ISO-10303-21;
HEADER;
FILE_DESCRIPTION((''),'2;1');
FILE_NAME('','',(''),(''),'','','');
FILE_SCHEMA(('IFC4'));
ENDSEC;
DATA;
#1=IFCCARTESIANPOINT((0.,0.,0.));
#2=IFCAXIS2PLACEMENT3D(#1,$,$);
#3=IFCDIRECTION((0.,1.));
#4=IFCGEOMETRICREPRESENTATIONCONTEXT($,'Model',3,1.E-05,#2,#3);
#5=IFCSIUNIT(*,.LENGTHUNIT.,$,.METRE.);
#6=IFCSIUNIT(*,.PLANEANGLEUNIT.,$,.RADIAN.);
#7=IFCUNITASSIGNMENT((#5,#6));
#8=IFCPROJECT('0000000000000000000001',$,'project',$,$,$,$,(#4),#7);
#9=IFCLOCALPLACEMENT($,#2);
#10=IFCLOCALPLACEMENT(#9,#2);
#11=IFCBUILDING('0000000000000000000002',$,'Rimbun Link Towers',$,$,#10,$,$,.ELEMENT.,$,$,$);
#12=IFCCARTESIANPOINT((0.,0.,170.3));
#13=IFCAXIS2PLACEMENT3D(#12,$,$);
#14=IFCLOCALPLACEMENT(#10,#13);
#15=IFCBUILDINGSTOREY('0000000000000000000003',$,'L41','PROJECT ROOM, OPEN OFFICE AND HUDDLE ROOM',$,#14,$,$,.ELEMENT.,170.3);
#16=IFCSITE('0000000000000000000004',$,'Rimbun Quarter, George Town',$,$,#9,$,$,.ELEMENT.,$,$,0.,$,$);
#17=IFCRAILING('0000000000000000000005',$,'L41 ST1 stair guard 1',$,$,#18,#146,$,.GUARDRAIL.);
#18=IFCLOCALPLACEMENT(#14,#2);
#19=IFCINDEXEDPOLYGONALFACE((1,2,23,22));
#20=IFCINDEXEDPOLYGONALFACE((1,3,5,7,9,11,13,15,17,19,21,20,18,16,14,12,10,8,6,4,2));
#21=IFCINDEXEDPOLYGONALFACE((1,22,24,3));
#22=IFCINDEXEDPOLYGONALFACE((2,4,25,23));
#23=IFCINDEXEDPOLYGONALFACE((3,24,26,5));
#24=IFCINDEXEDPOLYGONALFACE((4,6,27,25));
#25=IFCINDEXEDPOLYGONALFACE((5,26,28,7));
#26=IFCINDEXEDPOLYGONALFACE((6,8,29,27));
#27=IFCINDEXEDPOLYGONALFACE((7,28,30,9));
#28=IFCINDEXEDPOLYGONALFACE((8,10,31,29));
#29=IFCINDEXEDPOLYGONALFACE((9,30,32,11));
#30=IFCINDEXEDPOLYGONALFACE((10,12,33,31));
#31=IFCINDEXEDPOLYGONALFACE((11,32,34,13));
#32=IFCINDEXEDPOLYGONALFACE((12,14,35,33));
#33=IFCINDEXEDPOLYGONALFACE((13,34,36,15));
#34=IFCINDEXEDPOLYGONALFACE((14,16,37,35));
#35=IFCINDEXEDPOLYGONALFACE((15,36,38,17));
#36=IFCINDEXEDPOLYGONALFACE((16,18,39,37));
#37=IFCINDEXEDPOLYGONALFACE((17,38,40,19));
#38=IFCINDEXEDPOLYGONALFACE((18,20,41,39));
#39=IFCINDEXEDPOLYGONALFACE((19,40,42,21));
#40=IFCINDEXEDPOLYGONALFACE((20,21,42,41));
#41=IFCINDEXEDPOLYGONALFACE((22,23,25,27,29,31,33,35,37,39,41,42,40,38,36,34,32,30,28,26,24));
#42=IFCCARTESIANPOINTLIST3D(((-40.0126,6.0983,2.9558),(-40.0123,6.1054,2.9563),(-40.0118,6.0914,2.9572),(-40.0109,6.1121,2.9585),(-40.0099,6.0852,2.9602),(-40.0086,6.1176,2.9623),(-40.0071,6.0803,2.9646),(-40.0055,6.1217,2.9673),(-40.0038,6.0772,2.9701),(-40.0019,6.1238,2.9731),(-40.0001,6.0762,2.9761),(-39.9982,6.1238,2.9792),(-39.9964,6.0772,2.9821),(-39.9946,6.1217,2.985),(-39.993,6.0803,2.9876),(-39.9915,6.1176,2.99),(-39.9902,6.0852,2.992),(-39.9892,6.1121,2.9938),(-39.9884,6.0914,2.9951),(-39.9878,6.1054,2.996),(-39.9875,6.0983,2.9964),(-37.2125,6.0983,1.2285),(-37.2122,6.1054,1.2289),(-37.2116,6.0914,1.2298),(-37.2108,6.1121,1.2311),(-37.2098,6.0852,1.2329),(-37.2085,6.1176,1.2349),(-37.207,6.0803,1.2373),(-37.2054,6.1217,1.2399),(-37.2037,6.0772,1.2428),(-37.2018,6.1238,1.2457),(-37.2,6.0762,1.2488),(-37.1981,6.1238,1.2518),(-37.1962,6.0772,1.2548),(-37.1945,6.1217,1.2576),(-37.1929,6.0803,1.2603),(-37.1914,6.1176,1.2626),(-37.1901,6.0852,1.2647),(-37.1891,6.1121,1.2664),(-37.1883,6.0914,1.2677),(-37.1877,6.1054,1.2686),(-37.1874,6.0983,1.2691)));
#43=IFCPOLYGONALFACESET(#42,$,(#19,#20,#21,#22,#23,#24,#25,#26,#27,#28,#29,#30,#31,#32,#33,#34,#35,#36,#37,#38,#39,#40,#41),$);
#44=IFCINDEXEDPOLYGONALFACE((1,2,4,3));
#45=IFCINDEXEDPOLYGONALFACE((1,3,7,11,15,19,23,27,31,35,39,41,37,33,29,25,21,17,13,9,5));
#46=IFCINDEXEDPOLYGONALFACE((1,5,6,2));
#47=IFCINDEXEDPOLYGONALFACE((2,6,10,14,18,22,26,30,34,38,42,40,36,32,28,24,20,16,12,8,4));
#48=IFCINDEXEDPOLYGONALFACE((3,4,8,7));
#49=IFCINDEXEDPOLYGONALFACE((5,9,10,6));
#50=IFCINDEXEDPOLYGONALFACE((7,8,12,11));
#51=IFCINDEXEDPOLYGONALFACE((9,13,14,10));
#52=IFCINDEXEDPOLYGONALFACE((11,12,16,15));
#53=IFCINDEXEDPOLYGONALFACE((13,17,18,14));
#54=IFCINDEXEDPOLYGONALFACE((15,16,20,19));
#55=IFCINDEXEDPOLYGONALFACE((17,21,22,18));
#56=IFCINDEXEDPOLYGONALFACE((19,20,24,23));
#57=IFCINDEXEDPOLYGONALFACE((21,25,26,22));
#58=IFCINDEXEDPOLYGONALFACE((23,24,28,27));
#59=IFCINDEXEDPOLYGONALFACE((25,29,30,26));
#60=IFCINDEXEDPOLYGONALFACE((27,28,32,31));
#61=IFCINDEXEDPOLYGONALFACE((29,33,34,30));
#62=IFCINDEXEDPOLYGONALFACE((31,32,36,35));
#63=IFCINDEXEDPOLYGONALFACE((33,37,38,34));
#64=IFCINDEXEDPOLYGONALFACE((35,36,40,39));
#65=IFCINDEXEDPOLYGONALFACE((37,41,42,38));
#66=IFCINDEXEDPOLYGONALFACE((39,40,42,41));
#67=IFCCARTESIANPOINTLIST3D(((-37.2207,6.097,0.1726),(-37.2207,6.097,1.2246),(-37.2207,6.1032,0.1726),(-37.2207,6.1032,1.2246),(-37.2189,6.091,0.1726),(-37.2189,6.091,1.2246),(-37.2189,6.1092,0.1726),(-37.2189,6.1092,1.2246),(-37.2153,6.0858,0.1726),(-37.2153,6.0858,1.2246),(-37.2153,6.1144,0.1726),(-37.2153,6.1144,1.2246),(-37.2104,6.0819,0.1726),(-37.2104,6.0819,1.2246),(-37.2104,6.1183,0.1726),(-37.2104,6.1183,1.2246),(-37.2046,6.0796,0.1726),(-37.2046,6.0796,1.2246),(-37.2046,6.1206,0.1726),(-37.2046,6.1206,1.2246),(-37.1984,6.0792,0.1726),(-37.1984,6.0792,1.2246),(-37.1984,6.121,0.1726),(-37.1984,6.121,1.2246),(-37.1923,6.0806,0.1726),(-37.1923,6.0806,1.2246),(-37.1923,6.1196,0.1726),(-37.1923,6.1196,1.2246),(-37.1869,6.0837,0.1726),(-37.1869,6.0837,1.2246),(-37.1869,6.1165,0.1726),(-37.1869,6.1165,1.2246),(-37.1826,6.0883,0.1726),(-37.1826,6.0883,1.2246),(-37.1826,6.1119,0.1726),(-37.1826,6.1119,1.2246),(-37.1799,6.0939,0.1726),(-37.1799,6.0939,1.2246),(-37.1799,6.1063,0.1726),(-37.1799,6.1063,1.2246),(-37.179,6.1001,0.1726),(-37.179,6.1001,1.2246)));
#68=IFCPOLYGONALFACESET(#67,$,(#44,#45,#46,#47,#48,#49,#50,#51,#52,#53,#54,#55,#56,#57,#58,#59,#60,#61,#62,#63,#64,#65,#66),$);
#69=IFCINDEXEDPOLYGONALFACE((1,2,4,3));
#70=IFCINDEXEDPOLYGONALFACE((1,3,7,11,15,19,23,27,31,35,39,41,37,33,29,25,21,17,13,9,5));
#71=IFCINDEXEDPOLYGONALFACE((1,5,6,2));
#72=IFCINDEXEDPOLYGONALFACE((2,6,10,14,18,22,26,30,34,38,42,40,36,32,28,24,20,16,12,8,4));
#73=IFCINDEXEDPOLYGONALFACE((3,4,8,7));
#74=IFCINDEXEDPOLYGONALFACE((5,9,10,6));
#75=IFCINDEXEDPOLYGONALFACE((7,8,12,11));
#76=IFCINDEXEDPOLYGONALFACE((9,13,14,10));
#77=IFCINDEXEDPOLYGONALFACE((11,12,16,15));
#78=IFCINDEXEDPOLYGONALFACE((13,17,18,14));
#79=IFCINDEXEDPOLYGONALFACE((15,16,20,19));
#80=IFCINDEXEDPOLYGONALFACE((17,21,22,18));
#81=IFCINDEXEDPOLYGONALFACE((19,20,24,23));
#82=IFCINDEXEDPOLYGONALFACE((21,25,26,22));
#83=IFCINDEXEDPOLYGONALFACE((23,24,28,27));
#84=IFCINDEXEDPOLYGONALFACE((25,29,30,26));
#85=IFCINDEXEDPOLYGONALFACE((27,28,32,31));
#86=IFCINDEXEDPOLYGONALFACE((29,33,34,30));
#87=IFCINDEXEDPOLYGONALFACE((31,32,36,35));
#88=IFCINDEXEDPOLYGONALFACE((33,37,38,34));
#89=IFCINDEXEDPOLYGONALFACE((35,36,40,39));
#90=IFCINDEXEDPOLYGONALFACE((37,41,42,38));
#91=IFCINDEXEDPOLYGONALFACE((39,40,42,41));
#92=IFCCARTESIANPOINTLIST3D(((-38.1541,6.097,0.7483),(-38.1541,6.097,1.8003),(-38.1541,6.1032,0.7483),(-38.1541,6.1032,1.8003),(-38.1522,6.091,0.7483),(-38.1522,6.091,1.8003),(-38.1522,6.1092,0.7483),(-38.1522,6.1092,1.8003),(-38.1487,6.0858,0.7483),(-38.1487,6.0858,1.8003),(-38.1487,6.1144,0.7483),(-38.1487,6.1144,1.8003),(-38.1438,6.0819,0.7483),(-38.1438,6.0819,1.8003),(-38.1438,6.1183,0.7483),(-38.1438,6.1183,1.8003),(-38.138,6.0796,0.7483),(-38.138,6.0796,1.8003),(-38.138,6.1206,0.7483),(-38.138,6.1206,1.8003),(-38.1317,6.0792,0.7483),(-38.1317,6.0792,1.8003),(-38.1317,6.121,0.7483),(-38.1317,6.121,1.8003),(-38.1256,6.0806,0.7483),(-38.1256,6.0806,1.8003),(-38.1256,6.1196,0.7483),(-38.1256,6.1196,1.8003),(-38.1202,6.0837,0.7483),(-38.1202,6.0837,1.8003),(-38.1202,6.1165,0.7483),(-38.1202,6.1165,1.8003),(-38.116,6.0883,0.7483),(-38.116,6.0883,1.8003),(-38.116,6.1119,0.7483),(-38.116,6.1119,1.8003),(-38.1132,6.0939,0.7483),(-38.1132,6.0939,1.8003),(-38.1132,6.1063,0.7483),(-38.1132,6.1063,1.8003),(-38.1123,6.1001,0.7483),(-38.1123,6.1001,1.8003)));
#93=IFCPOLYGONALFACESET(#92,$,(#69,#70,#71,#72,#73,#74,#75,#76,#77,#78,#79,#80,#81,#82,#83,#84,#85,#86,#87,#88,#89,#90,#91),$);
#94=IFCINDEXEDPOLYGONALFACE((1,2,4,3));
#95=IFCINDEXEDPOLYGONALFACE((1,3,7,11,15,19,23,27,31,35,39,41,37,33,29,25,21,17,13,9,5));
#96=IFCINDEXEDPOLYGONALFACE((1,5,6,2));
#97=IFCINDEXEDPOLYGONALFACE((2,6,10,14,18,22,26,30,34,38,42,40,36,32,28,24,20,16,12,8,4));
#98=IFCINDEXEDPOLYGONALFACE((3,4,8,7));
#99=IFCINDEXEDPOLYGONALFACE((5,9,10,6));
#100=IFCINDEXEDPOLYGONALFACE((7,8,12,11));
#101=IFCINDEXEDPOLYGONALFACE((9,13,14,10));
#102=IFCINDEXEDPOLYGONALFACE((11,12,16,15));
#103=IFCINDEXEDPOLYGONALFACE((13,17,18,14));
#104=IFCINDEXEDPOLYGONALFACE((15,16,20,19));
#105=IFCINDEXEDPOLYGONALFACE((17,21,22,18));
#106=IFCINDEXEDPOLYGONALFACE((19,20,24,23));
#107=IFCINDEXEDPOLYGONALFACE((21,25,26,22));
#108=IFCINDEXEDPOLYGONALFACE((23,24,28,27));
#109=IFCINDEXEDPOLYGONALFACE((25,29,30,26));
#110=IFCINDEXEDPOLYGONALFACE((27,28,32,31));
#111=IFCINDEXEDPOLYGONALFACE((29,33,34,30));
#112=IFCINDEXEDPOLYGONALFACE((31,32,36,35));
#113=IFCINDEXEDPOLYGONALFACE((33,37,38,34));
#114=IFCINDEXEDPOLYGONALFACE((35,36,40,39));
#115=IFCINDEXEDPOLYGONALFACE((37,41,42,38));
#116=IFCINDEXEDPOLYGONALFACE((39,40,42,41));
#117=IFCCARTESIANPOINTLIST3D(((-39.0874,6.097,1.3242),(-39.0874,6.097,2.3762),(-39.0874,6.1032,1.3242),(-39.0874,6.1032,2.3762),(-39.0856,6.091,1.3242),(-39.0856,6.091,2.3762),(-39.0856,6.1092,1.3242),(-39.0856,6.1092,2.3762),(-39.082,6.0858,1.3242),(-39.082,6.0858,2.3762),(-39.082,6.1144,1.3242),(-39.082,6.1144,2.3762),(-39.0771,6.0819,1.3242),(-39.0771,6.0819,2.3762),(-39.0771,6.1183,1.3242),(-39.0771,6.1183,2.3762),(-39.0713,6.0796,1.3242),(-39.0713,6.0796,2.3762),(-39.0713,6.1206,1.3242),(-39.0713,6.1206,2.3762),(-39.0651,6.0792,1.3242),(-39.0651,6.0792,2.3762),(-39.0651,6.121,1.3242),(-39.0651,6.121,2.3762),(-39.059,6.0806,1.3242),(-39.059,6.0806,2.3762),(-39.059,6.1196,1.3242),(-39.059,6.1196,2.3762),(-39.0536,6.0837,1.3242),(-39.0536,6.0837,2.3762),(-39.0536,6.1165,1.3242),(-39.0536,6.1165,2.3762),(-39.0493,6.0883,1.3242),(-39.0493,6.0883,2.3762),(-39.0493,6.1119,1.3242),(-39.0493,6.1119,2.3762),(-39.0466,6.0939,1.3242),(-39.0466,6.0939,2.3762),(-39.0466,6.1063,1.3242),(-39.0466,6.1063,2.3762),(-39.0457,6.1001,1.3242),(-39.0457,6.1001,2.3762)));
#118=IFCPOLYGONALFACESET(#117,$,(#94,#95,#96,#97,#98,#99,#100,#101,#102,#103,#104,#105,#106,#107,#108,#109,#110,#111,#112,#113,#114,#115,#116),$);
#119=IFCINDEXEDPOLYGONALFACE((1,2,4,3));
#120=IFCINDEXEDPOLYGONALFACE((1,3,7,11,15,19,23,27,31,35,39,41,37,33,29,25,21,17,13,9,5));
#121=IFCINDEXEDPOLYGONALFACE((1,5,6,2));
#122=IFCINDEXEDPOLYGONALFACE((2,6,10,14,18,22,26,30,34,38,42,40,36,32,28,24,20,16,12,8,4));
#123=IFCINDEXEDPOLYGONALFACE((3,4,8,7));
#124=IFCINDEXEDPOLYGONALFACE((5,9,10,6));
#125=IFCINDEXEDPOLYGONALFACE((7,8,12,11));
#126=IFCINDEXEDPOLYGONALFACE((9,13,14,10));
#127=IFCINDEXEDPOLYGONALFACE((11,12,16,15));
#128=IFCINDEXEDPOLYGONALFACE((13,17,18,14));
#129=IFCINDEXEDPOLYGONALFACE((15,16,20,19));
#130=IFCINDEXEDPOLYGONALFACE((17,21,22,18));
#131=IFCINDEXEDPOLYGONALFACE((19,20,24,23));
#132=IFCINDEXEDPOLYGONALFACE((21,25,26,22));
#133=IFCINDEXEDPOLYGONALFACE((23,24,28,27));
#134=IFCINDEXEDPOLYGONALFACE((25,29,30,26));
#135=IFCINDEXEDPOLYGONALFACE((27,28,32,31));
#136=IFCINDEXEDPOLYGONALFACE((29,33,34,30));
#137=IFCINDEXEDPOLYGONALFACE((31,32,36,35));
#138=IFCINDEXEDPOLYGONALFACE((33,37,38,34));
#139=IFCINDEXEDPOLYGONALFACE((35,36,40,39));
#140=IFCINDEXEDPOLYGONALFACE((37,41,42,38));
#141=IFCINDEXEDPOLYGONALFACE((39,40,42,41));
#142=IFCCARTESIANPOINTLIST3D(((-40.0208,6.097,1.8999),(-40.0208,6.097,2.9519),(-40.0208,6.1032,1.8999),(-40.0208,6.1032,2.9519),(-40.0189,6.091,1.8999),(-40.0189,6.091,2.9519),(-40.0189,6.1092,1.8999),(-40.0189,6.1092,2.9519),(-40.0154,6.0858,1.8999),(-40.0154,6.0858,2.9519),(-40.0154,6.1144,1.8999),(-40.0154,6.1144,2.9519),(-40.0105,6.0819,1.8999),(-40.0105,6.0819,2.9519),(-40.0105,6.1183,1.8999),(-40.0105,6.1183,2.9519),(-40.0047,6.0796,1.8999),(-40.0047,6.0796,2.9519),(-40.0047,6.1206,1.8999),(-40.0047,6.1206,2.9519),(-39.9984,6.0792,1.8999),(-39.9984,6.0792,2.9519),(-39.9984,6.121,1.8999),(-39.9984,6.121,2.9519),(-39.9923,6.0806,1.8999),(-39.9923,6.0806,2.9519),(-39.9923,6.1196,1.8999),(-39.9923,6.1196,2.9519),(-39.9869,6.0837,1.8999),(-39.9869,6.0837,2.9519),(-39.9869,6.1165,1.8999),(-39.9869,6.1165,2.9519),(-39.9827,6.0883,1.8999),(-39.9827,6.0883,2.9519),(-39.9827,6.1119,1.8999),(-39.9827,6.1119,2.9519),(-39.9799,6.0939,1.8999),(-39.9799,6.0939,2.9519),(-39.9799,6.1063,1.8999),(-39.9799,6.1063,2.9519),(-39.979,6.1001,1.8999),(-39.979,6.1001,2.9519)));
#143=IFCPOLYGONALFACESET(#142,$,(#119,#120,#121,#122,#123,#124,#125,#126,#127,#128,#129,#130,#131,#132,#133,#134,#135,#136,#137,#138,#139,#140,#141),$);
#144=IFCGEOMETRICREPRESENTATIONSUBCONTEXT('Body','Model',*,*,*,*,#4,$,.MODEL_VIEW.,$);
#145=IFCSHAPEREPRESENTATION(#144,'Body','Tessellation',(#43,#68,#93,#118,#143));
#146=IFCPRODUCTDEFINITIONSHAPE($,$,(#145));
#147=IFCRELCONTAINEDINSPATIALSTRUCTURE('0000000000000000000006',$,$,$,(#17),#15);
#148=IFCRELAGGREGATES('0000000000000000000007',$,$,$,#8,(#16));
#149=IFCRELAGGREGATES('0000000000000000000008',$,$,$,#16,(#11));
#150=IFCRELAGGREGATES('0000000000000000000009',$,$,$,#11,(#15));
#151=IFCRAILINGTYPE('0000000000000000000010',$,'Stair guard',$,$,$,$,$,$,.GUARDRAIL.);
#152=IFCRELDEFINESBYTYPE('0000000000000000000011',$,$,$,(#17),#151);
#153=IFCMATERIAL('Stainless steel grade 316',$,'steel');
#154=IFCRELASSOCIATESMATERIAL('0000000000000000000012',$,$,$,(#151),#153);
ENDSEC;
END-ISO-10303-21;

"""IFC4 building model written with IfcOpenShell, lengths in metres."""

from ifc_helpers import new_model, si_unit, direction, frame, origin, origin_2d, place, context, subcontext, project, spatial, circle, extrude, material, type_object, element, save


model = new_model("IFC4")

# Units and contexts
model_context = context("Model", 3, precision=1e-05, world=origin(), true_north=direction((0.0, 1.0)))
body_context = subcontext(model_context, "Body", "Model", "MODEL_VIEW")
ifc_project = project(units=[si_unit("LENGTHUNIT", "METRE"), si_unit("PLANEANGLEUNIT", "RADIAN")], contexts=[model_context])

# Site, building, storey
site_placement = place(None, origin())
site = spatial("IfcSite", under=ifc_project, at=site_placement, Name="Rimbun Quarter, George Town", CompositionType="ELEMENT", RefElevation=0.0)
building_placement = place(site_placement, origin())
building = spatial("IfcBuilding", under=site, at=building_placement, Name="Rimbun Link Towers", CompositionType="ELEMENT")
storey_placement = place(building_placement, frame((0.0, 0.0, 170.3)))
storey = spatial("IfcBuildingStorey", under=building, at=storey_placement, Name="L41", Description="PROJECT ROOM, OPEN OFFICE AND HUDDLE ROOM", CompositionType="ELEMENT", Elevation=170.3)

# Railing
ifc_material_1 = material(Name="Stainless steel grade 316", Category="steel")
railing_type_1 = type_object("IfcRailingType", Name="Stair guard", PredefinedType="GUARDRAIL", material=ifc_material_1)
railing_1_placement = place(storey_placement, frame((-37.2, 6.1001, 0.1726)))
element("IfcRailing", 1, at=railing_1_placement, inside=storey, type_object=railing_type_1, Name="L41 ST1 stair guard 1", PredefinedType="GUARDRAIL", context=body_context, shape_type="SweptSolid", body=[
    extrude(circle(Radius=0.0239, at=origin_2d()), frame((0.0, 0.0, 1.0762), z_axis=(-0.85109, 0.0, 0.52502), x_axis=(0.0, -1.0, 0.0)), (0.0, 0.0, 1.0), 3.29),
    extrude(circle(Radius=0.021, at=origin_2d()), origin(), (0.0, 0.0, 1.0), 1.052),
    extrude(circle(Radius=0.021, at=origin_2d()), frame((-0.9333, 0.0, 0.5757)), (0.0, 0.0, 1.0), 1.052),
    extrude(circle(Radius=0.021, at=origin_2d()), frame((-1.8667, 0.0, 1.1516)), (0.0, 0.0, 1.0), 1.052),
    extrude(circle(Radius=0.021, at=origin_2d()), frame((-2.8, 0.0, 1.7273)), (0.0, 0.0, 1.0), 1.052),
])

save(model, "model.ifc")
